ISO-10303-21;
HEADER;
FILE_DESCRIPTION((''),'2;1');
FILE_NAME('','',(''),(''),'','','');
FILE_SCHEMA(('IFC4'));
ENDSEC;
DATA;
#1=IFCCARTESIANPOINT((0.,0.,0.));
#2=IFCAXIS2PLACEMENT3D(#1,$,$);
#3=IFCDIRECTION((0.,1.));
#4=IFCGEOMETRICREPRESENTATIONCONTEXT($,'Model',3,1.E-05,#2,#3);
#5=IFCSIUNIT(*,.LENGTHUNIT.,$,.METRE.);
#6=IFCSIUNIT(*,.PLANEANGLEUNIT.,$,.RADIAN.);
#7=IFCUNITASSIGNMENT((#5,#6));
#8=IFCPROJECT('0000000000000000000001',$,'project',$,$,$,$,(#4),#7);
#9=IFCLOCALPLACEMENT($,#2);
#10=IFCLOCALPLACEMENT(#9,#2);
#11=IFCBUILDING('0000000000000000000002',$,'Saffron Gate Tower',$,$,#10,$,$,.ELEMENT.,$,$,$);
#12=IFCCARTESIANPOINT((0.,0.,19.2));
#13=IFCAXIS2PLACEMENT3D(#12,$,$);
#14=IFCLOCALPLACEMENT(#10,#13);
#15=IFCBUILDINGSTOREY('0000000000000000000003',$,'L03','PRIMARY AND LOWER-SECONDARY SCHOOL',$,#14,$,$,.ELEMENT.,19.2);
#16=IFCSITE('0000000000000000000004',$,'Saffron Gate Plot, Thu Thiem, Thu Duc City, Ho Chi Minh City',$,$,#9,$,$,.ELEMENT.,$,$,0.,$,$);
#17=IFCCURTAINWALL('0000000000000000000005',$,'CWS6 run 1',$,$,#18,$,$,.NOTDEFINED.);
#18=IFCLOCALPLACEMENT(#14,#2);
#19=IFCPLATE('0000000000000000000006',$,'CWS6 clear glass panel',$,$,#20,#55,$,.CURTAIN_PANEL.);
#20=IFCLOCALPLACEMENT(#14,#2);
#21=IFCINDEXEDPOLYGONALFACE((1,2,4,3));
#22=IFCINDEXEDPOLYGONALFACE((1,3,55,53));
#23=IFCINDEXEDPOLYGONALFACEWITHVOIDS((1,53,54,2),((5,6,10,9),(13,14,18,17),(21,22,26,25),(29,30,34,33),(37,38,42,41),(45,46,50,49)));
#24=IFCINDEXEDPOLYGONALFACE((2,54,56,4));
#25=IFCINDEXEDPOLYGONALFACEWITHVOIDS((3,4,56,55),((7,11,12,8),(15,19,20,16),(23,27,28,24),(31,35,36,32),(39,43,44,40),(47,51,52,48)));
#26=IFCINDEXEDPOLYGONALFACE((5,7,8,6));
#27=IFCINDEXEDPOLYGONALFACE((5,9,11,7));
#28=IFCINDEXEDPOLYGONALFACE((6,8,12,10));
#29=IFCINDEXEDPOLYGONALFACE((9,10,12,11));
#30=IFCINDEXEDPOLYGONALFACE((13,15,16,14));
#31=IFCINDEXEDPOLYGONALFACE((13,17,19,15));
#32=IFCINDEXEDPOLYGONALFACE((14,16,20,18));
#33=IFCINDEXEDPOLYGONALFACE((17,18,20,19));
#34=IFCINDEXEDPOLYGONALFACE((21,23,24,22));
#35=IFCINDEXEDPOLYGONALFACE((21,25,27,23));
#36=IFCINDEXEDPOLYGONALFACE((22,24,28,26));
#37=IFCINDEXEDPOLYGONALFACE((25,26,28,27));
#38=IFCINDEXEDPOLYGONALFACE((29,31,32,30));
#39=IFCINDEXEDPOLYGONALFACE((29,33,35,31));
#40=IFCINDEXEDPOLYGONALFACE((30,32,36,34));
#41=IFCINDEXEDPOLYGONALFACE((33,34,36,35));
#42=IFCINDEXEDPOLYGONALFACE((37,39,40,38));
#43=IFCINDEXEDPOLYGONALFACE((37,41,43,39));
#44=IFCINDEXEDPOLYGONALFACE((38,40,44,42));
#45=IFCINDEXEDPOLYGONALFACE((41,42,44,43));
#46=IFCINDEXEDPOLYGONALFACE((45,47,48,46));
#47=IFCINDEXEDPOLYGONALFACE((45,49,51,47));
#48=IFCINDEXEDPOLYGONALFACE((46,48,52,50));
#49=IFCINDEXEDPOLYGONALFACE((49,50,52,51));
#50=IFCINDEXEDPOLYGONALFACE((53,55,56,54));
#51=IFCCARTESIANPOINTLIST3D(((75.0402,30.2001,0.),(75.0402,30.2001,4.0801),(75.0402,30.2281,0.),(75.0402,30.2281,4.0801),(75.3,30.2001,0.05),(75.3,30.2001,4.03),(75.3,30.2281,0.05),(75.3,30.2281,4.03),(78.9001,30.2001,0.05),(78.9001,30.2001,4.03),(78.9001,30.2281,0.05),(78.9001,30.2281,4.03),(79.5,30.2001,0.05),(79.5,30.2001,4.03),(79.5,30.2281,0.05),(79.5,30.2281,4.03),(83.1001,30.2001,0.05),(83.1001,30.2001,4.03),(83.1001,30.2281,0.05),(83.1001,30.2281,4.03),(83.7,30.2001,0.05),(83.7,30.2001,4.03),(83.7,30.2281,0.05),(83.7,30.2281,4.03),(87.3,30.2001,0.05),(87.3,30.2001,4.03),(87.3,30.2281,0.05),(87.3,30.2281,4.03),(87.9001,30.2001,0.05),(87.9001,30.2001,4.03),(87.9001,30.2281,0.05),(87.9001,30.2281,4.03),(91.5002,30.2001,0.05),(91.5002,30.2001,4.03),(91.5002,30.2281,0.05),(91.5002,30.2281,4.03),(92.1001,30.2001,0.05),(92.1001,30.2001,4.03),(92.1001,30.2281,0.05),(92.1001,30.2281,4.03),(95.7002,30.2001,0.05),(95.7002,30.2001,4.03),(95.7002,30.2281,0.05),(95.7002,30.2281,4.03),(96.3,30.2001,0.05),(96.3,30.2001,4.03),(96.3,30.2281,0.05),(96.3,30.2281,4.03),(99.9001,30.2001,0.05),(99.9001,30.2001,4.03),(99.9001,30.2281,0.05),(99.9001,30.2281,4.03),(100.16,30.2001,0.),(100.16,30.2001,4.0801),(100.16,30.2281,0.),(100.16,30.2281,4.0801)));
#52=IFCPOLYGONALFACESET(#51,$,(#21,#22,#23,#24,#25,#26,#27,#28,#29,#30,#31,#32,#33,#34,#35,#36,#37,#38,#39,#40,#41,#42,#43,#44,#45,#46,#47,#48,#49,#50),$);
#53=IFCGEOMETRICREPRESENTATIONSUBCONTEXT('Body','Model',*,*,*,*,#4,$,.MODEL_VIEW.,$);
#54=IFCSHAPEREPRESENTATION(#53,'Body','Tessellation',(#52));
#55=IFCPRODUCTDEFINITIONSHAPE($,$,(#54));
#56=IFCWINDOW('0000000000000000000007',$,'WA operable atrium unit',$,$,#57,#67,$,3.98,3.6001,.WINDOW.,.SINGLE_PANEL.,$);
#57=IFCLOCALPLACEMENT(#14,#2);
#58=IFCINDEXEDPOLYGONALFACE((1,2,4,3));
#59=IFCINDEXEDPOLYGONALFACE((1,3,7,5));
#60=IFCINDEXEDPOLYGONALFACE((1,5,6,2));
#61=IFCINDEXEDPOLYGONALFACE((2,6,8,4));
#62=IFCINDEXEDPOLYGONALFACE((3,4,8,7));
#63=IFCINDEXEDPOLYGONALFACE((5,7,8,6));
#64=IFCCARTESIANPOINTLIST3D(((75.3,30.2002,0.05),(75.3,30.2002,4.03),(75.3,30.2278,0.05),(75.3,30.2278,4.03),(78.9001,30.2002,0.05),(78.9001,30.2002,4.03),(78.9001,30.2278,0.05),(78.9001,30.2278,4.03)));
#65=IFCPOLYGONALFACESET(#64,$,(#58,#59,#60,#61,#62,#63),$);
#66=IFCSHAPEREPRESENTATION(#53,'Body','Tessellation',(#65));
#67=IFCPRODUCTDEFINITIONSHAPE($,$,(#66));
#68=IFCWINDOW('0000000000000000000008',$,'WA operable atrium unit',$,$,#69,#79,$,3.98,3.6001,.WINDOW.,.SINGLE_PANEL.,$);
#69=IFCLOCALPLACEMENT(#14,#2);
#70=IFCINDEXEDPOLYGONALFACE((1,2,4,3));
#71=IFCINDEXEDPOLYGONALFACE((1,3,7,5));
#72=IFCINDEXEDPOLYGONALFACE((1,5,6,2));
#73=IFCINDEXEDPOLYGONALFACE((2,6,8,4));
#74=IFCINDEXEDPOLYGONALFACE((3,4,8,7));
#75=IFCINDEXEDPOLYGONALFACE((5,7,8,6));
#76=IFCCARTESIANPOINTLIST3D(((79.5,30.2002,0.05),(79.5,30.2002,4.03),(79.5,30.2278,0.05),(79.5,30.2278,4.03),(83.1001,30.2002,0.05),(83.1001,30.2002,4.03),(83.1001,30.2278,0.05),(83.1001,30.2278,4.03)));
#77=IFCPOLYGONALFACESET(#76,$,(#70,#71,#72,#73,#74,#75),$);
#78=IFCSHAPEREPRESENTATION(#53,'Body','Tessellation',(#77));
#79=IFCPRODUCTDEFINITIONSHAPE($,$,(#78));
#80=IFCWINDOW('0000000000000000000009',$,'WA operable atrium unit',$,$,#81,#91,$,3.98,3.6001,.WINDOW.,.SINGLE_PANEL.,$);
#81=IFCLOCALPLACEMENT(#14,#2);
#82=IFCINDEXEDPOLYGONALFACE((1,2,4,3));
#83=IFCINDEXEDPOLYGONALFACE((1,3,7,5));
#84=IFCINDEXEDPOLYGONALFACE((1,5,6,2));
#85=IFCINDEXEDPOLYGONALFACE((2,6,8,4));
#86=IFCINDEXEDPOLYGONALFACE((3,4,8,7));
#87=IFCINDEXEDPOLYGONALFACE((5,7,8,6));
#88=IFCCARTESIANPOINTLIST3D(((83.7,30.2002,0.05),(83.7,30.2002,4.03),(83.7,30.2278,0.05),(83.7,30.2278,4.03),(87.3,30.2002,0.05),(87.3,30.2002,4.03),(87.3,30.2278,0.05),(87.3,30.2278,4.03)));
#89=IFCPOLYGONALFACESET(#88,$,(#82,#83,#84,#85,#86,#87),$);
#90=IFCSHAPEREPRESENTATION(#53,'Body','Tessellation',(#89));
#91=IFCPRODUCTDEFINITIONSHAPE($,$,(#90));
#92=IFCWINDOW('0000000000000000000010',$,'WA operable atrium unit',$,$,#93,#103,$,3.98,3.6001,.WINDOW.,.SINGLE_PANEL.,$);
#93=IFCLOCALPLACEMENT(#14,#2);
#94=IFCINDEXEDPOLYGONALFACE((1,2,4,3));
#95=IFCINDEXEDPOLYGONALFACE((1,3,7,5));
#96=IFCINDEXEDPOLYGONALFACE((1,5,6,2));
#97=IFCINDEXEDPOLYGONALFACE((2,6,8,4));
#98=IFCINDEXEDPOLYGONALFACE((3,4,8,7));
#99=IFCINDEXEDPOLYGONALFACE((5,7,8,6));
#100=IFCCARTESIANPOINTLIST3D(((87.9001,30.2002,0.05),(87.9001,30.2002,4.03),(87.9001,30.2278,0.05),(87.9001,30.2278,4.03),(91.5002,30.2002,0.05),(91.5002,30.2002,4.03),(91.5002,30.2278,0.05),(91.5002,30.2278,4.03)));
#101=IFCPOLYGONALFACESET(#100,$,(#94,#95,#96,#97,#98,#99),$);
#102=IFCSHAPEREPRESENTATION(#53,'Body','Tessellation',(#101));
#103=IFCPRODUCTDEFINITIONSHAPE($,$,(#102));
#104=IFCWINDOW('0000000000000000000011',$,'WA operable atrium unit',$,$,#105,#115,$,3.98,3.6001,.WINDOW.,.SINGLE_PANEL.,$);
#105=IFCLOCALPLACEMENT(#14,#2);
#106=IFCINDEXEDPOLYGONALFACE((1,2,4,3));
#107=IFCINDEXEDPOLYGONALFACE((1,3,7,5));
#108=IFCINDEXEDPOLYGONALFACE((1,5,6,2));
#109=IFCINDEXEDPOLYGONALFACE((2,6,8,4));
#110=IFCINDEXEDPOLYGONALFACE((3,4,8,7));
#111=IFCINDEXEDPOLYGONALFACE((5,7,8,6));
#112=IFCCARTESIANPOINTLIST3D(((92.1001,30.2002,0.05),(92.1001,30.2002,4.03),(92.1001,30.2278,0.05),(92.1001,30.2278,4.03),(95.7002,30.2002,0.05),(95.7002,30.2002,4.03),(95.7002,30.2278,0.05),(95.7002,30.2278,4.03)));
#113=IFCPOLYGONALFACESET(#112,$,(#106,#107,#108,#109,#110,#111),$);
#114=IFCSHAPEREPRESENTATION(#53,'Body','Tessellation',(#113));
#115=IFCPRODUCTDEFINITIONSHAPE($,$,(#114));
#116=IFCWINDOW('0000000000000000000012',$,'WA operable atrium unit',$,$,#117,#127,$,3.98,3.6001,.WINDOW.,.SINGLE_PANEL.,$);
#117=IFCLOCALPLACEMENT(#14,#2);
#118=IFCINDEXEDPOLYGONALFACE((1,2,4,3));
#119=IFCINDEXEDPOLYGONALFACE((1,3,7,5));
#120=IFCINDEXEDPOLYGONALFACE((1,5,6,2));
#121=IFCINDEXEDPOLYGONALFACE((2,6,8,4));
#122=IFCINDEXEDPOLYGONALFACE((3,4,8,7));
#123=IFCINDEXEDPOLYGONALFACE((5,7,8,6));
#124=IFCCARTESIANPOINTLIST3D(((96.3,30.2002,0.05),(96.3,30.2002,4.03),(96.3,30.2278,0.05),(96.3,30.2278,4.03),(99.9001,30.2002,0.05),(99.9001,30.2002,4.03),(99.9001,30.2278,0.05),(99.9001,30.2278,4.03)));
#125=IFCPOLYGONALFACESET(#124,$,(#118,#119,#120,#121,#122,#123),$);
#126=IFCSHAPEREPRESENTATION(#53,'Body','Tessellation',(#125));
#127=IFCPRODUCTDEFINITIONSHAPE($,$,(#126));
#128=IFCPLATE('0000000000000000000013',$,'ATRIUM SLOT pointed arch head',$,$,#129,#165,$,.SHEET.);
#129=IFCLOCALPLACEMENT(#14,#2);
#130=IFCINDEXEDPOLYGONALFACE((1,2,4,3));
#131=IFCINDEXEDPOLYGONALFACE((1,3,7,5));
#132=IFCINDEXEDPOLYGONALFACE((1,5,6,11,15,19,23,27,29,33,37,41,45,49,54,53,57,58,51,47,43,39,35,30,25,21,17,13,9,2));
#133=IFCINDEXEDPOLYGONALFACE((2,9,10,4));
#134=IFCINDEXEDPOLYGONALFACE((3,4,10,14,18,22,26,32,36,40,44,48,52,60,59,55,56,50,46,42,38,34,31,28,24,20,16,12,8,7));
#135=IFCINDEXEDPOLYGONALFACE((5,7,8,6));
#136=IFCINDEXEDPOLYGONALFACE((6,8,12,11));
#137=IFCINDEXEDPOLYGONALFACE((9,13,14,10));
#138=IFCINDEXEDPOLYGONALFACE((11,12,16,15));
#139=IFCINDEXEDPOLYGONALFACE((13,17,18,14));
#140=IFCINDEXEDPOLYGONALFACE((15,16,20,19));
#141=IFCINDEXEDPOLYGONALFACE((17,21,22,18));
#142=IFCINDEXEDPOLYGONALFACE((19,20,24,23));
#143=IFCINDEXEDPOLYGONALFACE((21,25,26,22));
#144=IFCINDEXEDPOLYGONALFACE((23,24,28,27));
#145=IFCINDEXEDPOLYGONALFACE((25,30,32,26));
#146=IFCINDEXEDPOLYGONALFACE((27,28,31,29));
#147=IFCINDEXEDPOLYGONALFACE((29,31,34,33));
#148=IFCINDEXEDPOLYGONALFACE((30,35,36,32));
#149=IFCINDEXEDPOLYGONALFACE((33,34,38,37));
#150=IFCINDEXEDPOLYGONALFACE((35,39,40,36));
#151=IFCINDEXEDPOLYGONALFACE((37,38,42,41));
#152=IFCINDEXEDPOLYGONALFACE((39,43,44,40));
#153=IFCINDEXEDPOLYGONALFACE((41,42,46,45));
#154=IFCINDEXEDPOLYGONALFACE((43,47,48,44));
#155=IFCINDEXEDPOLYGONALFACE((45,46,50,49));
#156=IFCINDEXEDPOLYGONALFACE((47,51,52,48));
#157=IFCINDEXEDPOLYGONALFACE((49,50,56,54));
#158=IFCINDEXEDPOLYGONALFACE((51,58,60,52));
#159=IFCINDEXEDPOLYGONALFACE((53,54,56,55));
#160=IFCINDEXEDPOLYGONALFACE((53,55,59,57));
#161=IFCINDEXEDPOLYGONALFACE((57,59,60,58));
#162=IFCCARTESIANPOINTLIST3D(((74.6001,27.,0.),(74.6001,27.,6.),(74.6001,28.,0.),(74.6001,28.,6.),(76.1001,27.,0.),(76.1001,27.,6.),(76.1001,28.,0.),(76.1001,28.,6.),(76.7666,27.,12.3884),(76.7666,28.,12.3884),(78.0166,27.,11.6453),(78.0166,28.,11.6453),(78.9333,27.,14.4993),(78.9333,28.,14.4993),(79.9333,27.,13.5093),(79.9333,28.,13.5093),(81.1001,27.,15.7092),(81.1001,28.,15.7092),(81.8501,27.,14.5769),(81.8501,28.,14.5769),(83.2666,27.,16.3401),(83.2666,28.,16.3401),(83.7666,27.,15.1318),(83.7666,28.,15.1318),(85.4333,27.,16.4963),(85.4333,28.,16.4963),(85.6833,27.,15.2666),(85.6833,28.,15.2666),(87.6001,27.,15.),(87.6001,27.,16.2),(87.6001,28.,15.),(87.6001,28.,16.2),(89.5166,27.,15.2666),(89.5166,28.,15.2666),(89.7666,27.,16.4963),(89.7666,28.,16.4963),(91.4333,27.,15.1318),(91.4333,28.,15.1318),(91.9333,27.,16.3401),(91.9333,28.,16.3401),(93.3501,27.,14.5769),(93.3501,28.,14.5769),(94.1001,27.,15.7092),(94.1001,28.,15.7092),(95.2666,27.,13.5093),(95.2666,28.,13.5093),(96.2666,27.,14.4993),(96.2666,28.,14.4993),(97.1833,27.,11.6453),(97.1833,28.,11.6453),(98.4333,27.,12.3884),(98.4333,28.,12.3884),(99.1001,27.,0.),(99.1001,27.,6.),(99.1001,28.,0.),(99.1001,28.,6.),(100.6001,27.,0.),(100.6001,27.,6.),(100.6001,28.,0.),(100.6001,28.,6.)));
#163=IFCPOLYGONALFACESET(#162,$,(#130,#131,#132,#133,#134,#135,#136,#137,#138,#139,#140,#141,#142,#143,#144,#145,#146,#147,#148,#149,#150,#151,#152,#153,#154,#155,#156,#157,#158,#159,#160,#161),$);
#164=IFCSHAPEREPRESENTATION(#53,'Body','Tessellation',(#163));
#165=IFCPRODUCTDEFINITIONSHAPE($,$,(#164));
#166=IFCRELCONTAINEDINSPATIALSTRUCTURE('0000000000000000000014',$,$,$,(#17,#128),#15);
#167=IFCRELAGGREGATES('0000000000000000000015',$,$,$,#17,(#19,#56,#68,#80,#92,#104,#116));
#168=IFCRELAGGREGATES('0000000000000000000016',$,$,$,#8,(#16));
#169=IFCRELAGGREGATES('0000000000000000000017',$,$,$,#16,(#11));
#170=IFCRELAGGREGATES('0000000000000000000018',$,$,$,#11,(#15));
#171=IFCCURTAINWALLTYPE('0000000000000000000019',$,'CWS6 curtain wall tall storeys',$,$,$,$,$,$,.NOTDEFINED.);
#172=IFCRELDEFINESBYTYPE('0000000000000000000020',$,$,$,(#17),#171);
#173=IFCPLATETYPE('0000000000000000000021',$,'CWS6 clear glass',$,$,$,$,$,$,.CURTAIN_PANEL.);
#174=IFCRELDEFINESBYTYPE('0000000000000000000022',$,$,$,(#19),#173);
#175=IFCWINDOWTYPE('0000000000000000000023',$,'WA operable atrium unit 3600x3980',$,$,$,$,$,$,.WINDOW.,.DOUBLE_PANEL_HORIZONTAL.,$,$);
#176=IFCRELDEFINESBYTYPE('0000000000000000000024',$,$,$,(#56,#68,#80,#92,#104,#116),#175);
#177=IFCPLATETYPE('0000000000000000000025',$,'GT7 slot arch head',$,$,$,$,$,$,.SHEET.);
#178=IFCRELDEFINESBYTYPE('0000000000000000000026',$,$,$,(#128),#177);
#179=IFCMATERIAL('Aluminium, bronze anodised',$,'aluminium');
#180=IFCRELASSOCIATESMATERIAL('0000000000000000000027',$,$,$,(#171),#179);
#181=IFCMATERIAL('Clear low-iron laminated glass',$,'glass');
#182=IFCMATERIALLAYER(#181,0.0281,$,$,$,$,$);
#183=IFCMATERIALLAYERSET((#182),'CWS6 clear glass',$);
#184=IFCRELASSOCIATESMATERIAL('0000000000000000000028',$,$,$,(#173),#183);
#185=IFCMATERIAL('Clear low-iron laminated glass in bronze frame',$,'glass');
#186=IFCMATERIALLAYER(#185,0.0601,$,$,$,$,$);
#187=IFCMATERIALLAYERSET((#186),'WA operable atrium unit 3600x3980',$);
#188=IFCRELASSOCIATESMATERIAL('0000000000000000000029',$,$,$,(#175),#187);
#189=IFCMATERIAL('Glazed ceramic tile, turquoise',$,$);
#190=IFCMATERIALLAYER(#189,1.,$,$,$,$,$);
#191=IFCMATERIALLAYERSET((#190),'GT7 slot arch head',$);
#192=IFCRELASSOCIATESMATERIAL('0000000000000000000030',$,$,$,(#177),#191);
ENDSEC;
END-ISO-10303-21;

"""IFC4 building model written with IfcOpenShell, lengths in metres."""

from ifc_helpers import new_model, si_unit, direction, frame, frame_2d, origin, place, context, subcontext, project, spatial, polyline, rectangle, outline, extrude, material, layer, layer_set, type_object, element, fill, aggregate, save


model = new_model("IFC4")

# Units and contexts
model_context = context("Model", 3, precision=1e-05, world=origin(), true_north=direction((0.0, 1.0)))
body_context = subcontext(model_context, "Body", "Model", "MODEL_VIEW")
ifc_project = project(units=[si_unit("LENGTHUNIT", "METRE"), si_unit("PLANEANGLEUNIT", "RADIAN")], contexts=[model_context])

# Site, building, storey
site_placement = place(None, origin())
site = spatial("IfcSite", under=ifc_project, at=site_placement, Name="Saffron Gate Plot, Thu Thiem, Thu Duc City, Ho Chi Minh City", CompositionType="ELEMENT", RefElevation=0.0)
building_placement = place(site_placement, origin())
building = spatial("IfcBuilding", under=site, at=building_placement, Name="Saffron Gate Tower", CompositionType="ELEMENT")
storey_placement = place(building_placement, frame((0.0, 0.0, 19.2)))
storey = spatial("IfcBuildingStorey", under=building, at=storey_placement, Name="L03", Description="PRIMARY AND LOWER-SECONDARY SCHOOL", CompositionType="ELEMENT", Elevation=19.2)

# Curtain wall
ifc_material_1 = material(Name="Aluminium, bronze anodised", Category="aluminium")
curtain_wall_type = type_object("IfcCurtainWallType", Name="CWS6 curtain wall tall storeys", PredefinedType="NOTDEFINED", material=ifc_material_1)
curtain_wall_placement = place(storey_placement, origin())
curtain_wall = element("IfcCurtainWall", 1, at=curtain_wall_placement, inside=storey, type_object=curtain_wall_type, Name="CWS6 run 1", PredefinedType="NOTDEFINED")

# Plate, openings, windows
ifc_material_2 = material(Name="Clear low-iron laminated glass", Category="glass")
ifc_layer_1 = layer(ifc_material_2, 0.0281)
ifc_layer_set_1 = layer_set([ifc_layer_1], Name="CWS6 clear glass")
plate_type_1 = type_object("IfcPlateType", Name="CWS6 clear glass", PredefinedType="CURTAIN_PANEL", material=ifc_layer_set_1)
plate_1_placement = place(storey_placement, frame((75.04, 30.2141, 0.0), z_axis=(0.0, 0.0, 1.0), x_axis=(1.0, 0.0, 0.0)))
plate_1 = element("IfcPlate", 2, at=plate_1_placement, type_object=plate_type_1, Name="CWS6 clear glass panel", PredefinedType="CURTAIN_PANEL", context=body_context, shape_type="SweptSolid", body=[
    extrude(rectangle(XDim=25.1199, YDim=0.0281, at=frame_2d((12.5601, 0.0))), origin(), (0.0, 0.0, 1.0), 4.0801),
])
opening_1_placement = place(plate_1_placement, frame((0.26, 0.0, 0.05)))
opening_1 = element("IfcOpeningElement", 3, at=opening_1_placement, cuts=plate_1, PredefinedType="OPENING", context=body_context, shape_type="SweptSolid", body=[
    extrude(rectangle(XDim=3.6001, YDim=3.98, at=frame_2d((1.8, 1.99))), frame((0.0, 0.0239, 0.0), z_axis=(0.0, -1.0, 0.0), x_axis=(1.0, 0.0, 0.0)), (0.0, 0.0, 1.0), 0.0481),
])
opening_2_placement = place(plate_1_placement, frame((4.46, 0.0, 0.05)))
opening_2 = element("IfcOpeningElement", 4, at=opening_2_placement, cuts=plate_1, PredefinedType="OPENING", context=body_context, shape_type="SweptSolid", body=[
    extrude(rectangle(XDim=3.6001, YDim=3.98, at=frame_2d((1.8, 1.99))), frame((0.0, 0.0239, 0.0), z_axis=(0.0, -1.0, 0.0), x_axis=(1.0, 0.0, 0.0)), (0.0, 0.0, 1.0), 0.0481),
])
opening_3_placement = place(plate_1_placement, frame((8.6599, 0.0, 0.05)))
opening_3 = element("IfcOpeningElement", 5, at=opening_3_placement, cuts=plate_1, PredefinedType="OPENING", context=body_context, shape_type="SweptSolid", body=[
    extrude(rectangle(XDim=3.6001, YDim=3.98, at=frame_2d((1.8, 1.99))), frame((0.0, 0.0239, 0.0), z_axis=(0.0, -1.0, 0.0), x_axis=(1.0, 0.0, 0.0)), (0.0, 0.0, 1.0), 0.0481),
])
opening_4_placement = place(plate_1_placement, frame((12.8601, 0.0, 0.05)))
opening_4 = element("IfcOpeningElement", 6, at=opening_4_placement, cuts=plate_1, PredefinedType="OPENING", context=body_context, shape_type="SweptSolid", body=[
    extrude(rectangle(XDim=3.6001, YDim=3.98, at=frame_2d((1.8, 1.99))), frame((0.0, 0.0239, 0.0), z_axis=(0.0, -1.0, 0.0), x_axis=(1.0, 0.0, 0.0)), (0.0, 0.0, 1.0), 0.0481),
])
opening_5_placement = place(plate_1_placement, frame((17.0601, 0.0, 0.05)))
opening_5 = element("IfcOpeningElement", 7, at=opening_5_placement, cuts=plate_1, PredefinedType="OPENING", context=body_context, shape_type="SweptSolid", body=[
    extrude(rectangle(XDim=3.6001, YDim=3.98, at=frame_2d((1.8, 1.99))), frame((0.0, 0.0239, 0.0), z_axis=(0.0, -1.0, 0.0), x_axis=(1.0, 0.0, 0.0)), (0.0, 0.0, 1.0), 0.0481),
])
opening_6_placement = place(plate_1_placement, frame((21.26, 0.0, 0.05)))
opening_6 = element("IfcOpeningElement", 8, at=opening_6_placement, cuts=plate_1, PredefinedType="OPENING", context=body_context, shape_type="SweptSolid", body=[
    extrude(rectangle(XDim=3.6001, YDim=3.98, at=frame_2d((1.8, 1.99))), frame((0.0, 0.0239, 0.0), z_axis=(0.0, -1.0, 0.0), x_axis=(1.0, 0.0, 0.0)), (0.0, 0.0, 1.0), 0.0481),
])
ifc_material_3 = material(Name="Clear low-iron laminated glass in bronze frame", Category="glass")
ifc_layer_2 = layer(ifc_material_3, 0.0601)
ifc_layer_set_2 = layer_set([ifc_layer_2], Name="WA operable atrium unit 3600x3980")
window_type = type_object("IfcWindowType", Name="WA operable atrium unit 3600x3980", PartitioningType="DOUBLE_PANEL_HORIZONTAL", PredefinedType="WINDOW", material=ifc_layer_set_2)
window_1_placement = place(opening_1_placement, origin())
window_1 = element("IfcWindow", 9, at=window_1_placement, type_object=window_type, Name="WA operable atrium unit", OverallHeight=3.98, OverallWidth=3.6001, PartitioningType="SINGLE_PANEL", PredefinedType="WINDOW", context=body_context, shape_type="SweptSolid", body=[
    extrude(rectangle(XDim=3.6001, YDim=3.98, at=frame_2d((1.8, 1.99))), frame((0.0, 0.0137, 0.0), z_axis=(0.0, -1.0, 0.0), x_axis=(1.0, 0.0, 0.0)), (0.0, 0.0, 1.0), 0.0276),
])
fill(opening_1, window_1)
window_2_placement = place(opening_2_placement, origin())
window_2 = element("IfcWindow", 10, at=window_2_placement, type_object=window_type, Name="WA operable atrium unit", OverallHeight=3.98, OverallWidth=3.6001, PartitioningType="SINGLE_PANEL", PredefinedType="WINDOW", context=body_context, shape_type="SweptSolid", body=[
    extrude(rectangle(XDim=3.6001, YDim=3.98, at=frame_2d((1.8, 1.99))), frame((0.0, 0.0137, 0.0), z_axis=(0.0, -1.0, 0.0), x_axis=(1.0, 0.0, 0.0)), (0.0, 0.0, 1.0), 0.0276),
])
fill(opening_2, window_2)
window_3_placement = place(opening_3_placement, origin())
window_3 = element("IfcWindow", 11, at=window_3_placement, type_object=window_type, Name="WA operable atrium unit", OverallHeight=3.98, OverallWidth=3.6001, PartitioningType="SINGLE_PANEL", PredefinedType="WINDOW", context=body_context, shape_type="SweptSolid", body=[
    extrude(rectangle(XDim=3.6001, YDim=3.98, at=frame_2d((1.8, 1.99))), frame((0.0, 0.0137, 0.0), z_axis=(0.0, -1.0, 0.0), x_axis=(1.0, 0.0, 0.0)), (0.0, 0.0, 1.0), 0.0276),
])
fill(opening_3, window_3)
window_4_placement = place(opening_4_placement, origin())
window_4 = element("IfcWindow", 12, at=window_4_placement, type_object=window_type, Name="WA operable atrium unit", OverallHeight=3.98, OverallWidth=3.6001, PartitioningType="SINGLE_PANEL", PredefinedType="WINDOW", context=body_context, shape_type="SweptSolid", body=[
    extrude(rectangle(XDim=3.6001, YDim=3.98, at=frame_2d((1.8, 1.99))), frame((0.0, 0.0137, 0.0), z_axis=(0.0, -1.0, 0.0), x_axis=(1.0, 0.0, 0.0)), (0.0, 0.0, 1.0), 0.0276),
])
fill(opening_4, window_4)
window_5_placement = place(opening_5_placement, origin())
window_5 = element("IfcWindow", 13, at=window_5_placement, type_object=window_type, Name="WA operable atrium unit", OverallHeight=3.98, OverallWidth=3.6001, PartitioningType="SINGLE_PANEL", PredefinedType="WINDOW", context=body_context, shape_type="SweptSolid", body=[
    extrude(rectangle(XDim=3.6001, YDim=3.98, at=frame_2d((1.8, 1.99))), frame((0.0, 0.0137, 0.0), z_axis=(0.0, -1.0, 0.0), x_axis=(1.0, 0.0, 0.0)), (0.0, 0.0, 1.0), 0.0276),
])
fill(opening_5, window_5)
window_6_placement = place(opening_6_placement, origin())
window_6 = element("IfcWindow", 14, at=window_6_placement, type_object=window_type, Name="WA operable atrium unit", OverallHeight=3.98, OverallWidth=3.6001, PartitioningType="SINGLE_PANEL", PredefinedType="WINDOW", context=body_context, shape_type="SweptSolid", body=[
    extrude(rectangle(XDim=3.6001, YDim=3.98, at=frame_2d((1.8, 1.99))), frame((0.0, 0.0137, 0.0), z_axis=(0.0, -1.0, 0.0), x_axis=(1.0, 0.0, 0.0)), (0.0, 0.0, 1.0), 0.0276),
])
fill(opening_6, window_6)
aggregate(curtain_wall, [plate_1, window_1, window_2, window_3, window_4, window_5, window_6])

# Plate
ifc_material_4 = material(Name="Glazed ceramic tile, turquoise")
ifc_layer_3 = layer(ifc_material_4, 1.0)
ifc_layer_set_3 = layer_set([ifc_layer_3], Name="GT7 slot arch head")
plate_type_2 = type_object("IfcPlateType", Name="GT7 slot arch head", PredefinedType="SHEET", material=ifc_layer_set_3)
plate_2_placement = place(storey_placement, frame((76.1001, 27.0, 0.0), z_axis=(0.0, -1.0, 0.0), x_axis=(0.0, 0.0, 1.0)))
element("IfcPlate", 15, at=plate_2_placement, inside=storey, type_object=plate_type_2, Name="ATRIUM SLOT pointed arch head", PredefinedType="SHEET", context=body_context, shape_type="SweptSolid", body=[
    extrude(outline(polyline([(0.0, 0.0), (6.0, 0.0), (11.6453, -1.9165), (13.5093, -3.8333), (14.5769, -5.75), (15.1318, -7.6665), (15.2666, -9.5833), (15.0, -11.5), (15.2666, -13.4165), (15.1318, -15.3333), (14.5769, -17.25), (13.5093, -19.1665), (11.6453, -21.0833), (6.0, -23.0), (0.0, -23.0), (0.0, -24.5), (6.0, -24.5), (12.3884, -22.3333), (14.4993, -20.1665), (15.7092, -18.0), (16.3401, -15.8333), (16.4963, -13.6665), (16.2, -11.5), (16.4963, -9.3333), (16.3401, -7.1665), (15.7092, -5.0), (14.4993, -2.8333), (12.3884, -0.6665), (6.0, 1.5), (0.0, 1.5), (0.0, 0.0)])), origin(), (0.0, 0.0, -1.0), 1.0),
])

save(model, "model.ifc")
